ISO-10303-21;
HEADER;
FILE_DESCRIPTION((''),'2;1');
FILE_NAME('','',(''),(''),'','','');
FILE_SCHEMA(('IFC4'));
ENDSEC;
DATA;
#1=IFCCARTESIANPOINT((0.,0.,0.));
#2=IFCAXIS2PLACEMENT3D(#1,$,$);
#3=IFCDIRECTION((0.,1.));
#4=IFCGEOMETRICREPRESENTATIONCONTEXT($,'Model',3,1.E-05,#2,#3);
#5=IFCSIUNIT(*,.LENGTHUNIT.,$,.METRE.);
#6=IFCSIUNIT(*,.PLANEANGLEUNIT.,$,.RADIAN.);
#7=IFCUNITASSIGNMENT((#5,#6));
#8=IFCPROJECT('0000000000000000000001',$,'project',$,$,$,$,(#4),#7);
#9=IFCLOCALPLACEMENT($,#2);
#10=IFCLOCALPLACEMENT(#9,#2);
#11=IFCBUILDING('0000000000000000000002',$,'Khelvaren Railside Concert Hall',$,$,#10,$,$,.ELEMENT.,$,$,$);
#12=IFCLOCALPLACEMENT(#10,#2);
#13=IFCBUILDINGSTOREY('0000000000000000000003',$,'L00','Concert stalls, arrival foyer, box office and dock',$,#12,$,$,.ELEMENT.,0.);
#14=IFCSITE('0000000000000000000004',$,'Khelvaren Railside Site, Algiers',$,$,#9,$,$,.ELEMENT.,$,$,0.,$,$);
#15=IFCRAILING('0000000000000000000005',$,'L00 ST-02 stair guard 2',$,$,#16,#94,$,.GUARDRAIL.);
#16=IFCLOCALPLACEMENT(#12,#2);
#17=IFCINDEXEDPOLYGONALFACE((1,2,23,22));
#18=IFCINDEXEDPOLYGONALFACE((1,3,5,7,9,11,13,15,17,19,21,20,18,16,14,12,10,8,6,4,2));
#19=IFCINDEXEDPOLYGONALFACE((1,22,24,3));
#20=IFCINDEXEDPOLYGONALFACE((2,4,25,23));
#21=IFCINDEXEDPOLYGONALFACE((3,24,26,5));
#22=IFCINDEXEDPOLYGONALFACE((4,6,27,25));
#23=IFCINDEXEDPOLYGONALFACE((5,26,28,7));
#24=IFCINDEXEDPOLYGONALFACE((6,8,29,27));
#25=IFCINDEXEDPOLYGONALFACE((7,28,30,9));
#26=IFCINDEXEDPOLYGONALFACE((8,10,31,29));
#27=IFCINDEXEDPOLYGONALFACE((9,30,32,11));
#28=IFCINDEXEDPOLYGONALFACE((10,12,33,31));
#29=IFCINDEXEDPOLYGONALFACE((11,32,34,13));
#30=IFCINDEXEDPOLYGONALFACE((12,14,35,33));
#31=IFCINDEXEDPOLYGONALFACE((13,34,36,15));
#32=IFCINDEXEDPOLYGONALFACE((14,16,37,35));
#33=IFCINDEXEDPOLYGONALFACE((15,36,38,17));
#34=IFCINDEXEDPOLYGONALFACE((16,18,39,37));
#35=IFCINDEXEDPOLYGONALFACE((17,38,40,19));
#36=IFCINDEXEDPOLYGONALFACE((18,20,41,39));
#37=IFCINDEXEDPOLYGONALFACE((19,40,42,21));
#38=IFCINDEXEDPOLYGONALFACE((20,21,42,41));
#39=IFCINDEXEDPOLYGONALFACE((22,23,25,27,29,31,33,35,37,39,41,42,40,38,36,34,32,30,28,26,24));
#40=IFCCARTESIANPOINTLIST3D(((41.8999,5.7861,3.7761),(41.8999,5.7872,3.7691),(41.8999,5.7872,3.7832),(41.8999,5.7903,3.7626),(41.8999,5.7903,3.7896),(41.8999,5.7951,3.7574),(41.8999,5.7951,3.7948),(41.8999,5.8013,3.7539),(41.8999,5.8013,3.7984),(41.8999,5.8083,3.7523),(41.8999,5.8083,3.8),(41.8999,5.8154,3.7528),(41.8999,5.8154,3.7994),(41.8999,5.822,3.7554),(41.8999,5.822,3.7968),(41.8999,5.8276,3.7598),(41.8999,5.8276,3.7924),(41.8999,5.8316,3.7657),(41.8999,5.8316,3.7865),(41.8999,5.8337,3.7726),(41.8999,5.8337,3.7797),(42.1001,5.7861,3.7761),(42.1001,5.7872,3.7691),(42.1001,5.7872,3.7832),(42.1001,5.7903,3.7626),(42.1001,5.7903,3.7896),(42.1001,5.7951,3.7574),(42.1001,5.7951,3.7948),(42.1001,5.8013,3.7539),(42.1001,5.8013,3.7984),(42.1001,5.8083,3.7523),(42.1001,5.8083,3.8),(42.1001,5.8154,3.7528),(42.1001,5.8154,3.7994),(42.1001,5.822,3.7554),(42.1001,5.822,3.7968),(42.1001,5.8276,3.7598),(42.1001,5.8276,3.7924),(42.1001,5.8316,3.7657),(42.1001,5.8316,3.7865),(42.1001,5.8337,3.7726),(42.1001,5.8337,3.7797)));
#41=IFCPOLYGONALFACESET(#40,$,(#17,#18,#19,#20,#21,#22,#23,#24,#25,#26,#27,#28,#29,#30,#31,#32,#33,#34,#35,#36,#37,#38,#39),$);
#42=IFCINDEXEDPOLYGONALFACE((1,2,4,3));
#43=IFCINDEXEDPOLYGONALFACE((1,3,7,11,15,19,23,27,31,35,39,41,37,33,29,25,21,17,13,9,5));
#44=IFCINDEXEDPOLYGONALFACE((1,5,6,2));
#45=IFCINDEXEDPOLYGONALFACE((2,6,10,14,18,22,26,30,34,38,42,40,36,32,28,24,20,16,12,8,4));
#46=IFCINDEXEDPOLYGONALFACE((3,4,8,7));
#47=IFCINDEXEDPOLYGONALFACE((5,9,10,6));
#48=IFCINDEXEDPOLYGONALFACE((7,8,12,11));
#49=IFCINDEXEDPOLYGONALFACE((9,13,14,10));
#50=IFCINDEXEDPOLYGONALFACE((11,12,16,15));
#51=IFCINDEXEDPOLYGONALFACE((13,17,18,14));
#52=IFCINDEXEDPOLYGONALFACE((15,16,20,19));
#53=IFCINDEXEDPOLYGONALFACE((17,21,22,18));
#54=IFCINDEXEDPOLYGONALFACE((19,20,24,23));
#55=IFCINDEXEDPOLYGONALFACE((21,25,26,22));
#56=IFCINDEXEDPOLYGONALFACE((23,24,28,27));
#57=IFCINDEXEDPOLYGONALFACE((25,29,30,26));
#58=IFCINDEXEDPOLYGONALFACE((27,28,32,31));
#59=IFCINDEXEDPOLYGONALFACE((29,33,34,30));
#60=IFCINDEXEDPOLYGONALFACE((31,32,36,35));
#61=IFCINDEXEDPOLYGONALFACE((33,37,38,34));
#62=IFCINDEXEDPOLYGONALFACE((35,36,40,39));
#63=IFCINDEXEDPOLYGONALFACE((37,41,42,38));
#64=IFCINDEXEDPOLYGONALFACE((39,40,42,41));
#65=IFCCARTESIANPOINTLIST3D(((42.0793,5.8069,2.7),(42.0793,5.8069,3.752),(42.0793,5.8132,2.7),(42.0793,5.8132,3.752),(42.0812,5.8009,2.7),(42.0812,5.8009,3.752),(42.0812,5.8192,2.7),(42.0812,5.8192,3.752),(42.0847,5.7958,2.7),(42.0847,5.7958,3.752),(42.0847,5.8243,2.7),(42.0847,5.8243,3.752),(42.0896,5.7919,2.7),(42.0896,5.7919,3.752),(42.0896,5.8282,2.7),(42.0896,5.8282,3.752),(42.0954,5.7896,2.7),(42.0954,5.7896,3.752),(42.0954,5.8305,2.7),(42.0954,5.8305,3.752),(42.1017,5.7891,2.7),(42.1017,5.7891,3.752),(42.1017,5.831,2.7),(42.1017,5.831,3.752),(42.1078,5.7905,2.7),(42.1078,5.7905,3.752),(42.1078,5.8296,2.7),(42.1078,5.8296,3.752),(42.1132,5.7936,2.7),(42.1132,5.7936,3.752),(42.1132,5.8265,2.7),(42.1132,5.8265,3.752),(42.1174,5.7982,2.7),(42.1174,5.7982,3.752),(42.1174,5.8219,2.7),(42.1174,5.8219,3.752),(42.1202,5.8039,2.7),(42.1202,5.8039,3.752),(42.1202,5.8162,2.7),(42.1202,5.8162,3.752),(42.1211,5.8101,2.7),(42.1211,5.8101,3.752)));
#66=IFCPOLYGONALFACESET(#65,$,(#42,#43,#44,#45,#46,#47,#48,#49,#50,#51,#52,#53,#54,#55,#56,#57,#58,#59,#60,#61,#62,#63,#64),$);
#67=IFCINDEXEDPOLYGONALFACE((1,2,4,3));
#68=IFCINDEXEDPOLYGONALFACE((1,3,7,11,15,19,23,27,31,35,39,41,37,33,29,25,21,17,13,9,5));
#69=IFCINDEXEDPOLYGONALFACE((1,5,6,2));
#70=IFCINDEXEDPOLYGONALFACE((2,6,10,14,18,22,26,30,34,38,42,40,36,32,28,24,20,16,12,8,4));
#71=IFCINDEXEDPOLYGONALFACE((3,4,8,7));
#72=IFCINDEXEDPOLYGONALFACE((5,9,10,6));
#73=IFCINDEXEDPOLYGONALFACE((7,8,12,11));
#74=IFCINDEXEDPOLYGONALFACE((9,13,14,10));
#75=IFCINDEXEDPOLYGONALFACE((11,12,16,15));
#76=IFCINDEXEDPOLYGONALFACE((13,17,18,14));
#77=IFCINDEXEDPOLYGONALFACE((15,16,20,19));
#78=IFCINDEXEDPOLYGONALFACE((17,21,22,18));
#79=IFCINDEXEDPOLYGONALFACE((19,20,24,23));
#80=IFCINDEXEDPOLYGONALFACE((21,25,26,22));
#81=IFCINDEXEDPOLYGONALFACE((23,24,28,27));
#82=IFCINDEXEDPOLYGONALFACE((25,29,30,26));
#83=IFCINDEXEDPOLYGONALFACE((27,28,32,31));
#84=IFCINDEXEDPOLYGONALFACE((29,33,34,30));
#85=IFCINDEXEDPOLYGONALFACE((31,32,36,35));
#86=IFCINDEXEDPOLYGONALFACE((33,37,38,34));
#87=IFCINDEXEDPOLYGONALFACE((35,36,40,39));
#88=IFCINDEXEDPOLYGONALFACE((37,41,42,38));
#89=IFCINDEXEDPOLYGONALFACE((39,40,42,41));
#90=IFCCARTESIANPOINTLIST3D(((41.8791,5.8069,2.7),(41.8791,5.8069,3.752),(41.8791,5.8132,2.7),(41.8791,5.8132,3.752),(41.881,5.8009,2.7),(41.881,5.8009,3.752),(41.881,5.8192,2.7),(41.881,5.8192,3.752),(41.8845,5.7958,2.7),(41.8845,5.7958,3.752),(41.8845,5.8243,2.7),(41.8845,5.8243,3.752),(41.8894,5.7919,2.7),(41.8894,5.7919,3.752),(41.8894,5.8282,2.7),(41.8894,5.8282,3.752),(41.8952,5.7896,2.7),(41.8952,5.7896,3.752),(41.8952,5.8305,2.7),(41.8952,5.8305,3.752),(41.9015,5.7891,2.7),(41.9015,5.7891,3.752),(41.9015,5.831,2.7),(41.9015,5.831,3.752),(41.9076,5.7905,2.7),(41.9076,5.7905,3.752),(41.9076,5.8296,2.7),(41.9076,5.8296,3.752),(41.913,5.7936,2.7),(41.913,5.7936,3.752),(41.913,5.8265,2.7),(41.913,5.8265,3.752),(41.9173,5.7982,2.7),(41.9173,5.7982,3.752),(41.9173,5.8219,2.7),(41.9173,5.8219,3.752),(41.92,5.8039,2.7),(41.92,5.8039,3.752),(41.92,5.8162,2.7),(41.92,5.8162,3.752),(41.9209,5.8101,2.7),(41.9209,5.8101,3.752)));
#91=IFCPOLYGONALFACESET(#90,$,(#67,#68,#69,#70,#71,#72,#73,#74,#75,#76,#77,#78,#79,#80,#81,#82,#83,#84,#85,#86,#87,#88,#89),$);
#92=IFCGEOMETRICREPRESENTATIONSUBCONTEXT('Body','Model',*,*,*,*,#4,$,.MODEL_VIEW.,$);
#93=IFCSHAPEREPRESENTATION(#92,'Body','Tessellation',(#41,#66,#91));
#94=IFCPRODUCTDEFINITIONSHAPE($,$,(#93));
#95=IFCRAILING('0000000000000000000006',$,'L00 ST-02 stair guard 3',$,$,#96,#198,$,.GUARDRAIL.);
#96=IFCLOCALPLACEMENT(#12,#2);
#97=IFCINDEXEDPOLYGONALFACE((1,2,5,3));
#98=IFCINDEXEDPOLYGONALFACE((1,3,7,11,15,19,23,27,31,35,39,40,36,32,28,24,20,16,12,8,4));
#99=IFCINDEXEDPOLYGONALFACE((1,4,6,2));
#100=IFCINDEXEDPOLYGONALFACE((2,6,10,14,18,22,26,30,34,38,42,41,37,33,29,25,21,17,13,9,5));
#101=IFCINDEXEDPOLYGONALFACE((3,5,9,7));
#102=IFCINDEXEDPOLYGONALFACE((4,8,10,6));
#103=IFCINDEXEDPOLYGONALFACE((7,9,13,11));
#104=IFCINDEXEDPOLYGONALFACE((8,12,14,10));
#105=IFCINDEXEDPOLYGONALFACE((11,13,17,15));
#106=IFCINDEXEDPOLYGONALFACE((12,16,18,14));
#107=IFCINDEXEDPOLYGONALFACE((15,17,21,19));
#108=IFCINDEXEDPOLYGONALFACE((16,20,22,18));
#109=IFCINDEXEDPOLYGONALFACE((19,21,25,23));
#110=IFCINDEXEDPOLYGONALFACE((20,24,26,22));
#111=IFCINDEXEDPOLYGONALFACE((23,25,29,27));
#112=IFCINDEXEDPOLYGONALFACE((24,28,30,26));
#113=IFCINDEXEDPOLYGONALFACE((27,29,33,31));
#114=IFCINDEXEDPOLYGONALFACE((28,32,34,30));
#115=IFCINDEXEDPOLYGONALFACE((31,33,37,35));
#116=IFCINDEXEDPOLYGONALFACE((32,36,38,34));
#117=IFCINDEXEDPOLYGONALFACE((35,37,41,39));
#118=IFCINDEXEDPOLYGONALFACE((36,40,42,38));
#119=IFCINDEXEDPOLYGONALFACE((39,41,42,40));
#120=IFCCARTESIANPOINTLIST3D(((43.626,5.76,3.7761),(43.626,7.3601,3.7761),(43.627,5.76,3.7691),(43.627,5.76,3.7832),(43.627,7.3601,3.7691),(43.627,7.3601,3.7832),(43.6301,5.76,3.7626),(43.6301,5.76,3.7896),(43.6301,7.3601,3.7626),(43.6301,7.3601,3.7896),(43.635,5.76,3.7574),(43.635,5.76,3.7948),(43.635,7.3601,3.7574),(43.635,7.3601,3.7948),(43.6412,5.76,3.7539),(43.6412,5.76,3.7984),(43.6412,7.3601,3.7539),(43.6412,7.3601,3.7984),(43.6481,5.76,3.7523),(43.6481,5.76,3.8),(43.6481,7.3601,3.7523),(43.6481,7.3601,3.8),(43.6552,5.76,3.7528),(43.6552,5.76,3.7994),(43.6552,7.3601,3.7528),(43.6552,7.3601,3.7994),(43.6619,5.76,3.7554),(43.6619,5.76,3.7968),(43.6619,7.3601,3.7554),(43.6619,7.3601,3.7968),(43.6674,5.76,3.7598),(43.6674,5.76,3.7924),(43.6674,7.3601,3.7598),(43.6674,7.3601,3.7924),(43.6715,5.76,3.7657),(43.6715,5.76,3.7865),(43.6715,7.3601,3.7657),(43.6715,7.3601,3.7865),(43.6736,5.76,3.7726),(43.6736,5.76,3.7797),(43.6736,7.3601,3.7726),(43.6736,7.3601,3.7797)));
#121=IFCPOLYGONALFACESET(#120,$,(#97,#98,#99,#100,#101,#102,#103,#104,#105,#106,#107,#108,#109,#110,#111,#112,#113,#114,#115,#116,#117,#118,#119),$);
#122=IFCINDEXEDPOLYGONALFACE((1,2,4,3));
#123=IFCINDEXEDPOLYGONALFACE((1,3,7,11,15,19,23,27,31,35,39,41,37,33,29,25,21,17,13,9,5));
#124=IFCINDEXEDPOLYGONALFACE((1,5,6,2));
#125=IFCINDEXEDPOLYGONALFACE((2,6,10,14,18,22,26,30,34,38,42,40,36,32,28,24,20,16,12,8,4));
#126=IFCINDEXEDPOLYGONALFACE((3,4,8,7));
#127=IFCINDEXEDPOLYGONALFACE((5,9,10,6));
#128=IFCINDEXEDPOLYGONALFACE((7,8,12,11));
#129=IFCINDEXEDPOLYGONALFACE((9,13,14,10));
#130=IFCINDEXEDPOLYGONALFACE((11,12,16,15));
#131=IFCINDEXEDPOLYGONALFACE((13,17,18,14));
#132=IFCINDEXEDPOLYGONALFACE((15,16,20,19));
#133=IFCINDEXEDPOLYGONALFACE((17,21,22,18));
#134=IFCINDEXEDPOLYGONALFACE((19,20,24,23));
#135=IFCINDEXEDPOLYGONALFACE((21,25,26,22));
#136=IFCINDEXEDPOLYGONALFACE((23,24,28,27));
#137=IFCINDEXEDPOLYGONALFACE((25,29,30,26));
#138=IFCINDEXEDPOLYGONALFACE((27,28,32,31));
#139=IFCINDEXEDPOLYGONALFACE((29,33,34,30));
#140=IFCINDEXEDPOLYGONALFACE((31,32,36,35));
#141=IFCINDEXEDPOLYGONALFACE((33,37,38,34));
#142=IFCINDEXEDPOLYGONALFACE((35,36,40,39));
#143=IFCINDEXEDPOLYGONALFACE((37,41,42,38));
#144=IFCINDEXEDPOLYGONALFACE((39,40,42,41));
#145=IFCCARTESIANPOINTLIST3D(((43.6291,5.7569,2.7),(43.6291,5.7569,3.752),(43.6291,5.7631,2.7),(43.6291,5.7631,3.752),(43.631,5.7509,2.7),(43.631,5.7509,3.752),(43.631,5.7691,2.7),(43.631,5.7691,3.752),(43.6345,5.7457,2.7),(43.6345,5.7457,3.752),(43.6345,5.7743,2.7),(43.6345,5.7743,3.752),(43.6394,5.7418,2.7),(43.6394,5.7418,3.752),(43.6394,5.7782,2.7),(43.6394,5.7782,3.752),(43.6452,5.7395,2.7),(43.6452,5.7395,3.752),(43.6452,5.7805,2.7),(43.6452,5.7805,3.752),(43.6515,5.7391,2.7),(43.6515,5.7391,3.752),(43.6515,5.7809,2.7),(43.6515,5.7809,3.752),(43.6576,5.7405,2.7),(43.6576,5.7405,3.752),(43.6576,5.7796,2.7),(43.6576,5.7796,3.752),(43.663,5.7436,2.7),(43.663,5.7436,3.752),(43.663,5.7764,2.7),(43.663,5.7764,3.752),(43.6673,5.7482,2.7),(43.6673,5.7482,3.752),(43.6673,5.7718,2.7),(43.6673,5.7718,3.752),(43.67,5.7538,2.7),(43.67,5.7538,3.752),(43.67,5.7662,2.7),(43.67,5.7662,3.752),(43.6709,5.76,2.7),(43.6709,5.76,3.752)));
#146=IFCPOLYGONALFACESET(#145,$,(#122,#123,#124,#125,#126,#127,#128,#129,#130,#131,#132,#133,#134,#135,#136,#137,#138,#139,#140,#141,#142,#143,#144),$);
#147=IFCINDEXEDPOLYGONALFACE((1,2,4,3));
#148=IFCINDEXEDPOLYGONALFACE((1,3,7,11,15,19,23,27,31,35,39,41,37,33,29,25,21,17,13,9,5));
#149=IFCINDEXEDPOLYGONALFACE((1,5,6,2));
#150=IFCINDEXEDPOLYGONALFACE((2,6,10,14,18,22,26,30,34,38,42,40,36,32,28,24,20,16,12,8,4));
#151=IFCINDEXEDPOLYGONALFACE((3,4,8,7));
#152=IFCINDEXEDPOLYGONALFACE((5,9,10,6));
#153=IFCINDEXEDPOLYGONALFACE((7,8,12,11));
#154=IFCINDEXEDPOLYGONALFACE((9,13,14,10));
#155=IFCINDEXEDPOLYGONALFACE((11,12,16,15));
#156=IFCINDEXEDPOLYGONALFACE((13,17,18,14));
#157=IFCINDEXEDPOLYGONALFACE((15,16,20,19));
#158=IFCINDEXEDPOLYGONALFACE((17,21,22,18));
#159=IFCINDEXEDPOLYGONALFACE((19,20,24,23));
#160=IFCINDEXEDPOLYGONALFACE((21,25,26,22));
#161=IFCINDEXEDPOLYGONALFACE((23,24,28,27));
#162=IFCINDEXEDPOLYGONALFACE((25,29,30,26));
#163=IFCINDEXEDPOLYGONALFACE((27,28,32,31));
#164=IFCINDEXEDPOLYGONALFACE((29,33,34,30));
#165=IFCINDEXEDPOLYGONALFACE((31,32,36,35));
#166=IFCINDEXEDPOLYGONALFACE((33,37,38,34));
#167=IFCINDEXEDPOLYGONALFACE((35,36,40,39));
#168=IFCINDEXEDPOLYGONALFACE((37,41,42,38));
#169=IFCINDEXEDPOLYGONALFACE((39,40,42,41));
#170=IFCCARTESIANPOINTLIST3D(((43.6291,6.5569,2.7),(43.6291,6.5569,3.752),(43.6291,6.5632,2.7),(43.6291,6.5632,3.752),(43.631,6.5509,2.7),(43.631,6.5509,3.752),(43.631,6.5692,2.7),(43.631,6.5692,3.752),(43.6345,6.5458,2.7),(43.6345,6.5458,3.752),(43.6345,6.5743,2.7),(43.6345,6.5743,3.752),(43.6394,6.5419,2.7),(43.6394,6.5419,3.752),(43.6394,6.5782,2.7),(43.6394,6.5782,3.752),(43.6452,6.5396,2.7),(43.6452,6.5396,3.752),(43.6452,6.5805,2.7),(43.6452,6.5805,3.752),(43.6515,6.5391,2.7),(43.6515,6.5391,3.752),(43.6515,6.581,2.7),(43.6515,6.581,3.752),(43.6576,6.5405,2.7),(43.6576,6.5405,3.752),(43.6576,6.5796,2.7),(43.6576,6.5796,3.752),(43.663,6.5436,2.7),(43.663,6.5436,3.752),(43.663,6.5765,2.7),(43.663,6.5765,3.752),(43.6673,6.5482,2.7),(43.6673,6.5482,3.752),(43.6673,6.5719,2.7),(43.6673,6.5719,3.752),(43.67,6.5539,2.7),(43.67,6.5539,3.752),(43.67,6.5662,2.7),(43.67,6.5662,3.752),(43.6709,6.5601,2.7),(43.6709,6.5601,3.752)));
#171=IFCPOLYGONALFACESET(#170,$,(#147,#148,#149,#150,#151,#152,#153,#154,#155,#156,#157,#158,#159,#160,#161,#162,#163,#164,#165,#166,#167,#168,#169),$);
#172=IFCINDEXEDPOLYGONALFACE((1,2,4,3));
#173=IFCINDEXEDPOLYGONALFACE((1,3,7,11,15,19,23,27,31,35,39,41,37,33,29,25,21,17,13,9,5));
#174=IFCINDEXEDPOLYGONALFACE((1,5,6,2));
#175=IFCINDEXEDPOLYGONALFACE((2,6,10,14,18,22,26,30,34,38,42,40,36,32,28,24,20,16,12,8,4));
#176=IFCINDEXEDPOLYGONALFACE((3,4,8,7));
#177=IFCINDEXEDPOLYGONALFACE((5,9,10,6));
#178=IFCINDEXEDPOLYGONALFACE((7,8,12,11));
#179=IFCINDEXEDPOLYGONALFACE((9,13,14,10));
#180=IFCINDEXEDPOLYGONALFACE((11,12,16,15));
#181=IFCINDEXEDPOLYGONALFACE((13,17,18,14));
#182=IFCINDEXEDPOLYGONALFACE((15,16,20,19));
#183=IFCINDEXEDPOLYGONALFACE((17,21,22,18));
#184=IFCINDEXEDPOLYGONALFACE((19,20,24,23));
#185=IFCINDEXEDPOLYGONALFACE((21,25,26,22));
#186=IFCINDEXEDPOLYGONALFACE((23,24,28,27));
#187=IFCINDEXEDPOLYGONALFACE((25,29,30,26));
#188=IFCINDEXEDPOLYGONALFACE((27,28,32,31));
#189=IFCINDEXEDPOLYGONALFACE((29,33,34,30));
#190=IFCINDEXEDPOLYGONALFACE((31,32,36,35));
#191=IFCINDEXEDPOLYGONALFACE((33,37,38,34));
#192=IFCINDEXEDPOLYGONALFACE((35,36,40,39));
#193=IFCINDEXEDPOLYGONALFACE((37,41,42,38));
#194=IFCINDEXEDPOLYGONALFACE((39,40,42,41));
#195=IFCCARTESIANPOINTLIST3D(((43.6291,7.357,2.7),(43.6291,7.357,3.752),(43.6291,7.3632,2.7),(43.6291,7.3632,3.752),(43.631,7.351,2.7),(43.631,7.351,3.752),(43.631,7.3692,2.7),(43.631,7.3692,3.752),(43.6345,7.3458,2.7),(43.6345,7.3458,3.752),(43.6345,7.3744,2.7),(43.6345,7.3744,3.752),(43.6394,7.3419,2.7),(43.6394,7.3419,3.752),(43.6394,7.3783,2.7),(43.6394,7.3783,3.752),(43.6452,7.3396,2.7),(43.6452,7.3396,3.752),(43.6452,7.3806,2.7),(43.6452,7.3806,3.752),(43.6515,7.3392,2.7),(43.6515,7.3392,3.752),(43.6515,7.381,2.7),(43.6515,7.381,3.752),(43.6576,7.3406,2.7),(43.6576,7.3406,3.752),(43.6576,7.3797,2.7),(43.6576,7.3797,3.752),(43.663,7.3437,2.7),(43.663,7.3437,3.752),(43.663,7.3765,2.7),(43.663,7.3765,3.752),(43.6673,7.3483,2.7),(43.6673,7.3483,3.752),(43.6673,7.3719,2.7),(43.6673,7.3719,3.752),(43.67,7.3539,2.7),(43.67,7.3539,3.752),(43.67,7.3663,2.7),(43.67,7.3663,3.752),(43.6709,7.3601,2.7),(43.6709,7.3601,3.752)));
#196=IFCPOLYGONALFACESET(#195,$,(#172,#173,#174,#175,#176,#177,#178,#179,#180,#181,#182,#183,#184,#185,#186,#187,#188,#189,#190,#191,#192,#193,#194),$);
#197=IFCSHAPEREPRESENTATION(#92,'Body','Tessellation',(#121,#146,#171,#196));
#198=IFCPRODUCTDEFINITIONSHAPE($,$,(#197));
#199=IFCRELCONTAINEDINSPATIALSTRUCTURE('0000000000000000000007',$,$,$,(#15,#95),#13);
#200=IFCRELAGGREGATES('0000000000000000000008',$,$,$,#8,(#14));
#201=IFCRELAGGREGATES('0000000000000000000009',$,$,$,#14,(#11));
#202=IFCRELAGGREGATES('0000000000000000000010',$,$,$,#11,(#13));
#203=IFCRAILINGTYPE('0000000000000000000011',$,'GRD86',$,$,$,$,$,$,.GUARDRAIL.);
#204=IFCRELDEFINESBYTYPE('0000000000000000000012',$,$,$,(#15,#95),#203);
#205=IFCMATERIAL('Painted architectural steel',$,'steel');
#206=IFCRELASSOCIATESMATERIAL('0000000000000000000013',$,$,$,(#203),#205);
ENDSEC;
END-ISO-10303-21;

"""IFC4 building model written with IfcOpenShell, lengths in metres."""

from ifc_helpers import new_model, si_unit, direction, frame, origin, origin_2d, place, context, subcontext, project, spatial, circle, extrude, material, type_object, element, save


model = new_model("IFC4")

# Units and contexts
model_context = context("Model", 3, precision=1e-05, world=origin(), true_north=direction((0.0, 1.0)))
body_context = subcontext(model_context, "Body", "Model", "MODEL_VIEW")
ifc_project = project(units=[si_unit("LENGTHUNIT", "METRE"), si_unit("PLANEANGLEUNIT", "RADIAN")], contexts=[model_context])

# Site, building, storey
site_placement = place(None, origin())
site = spatial("IfcSite", under=ifc_project, at=site_placement, Name="Khelvaren Railside Site, Algiers", CompositionType="ELEMENT", RefElevation=0.0)
building_placement = place(site_placement, origin())
building = spatial("IfcBuilding", under=site, at=building_placement, Name="Khelvaren Railside Concert Hall", CompositionType="ELEMENT")
storey_placement = place(building_placement, origin())
storey = spatial("IfcBuildingStorey", under=building, at=storey_placement, Name="L00", Description="Concert stalls, arrival foyer, box office and dock", CompositionType="ELEMENT", Elevation=0.0)

# Railings
ifc_material_1 = material(Name="Painted architectural steel", Category="steel")
railing_type_1 = type_object("IfcRailingType", Name="GRD86", PredefinedType="GUARDRAIL", material=ifc_material_1)
railing_1_placement = place(storey_placement, frame((42.1001, 5.8101, 2.7)))
element("IfcRailing", 1, at=railing_1_placement, inside=storey, type_object=railing_type_1, Name="L00 ST-02 stair guard 2", PredefinedType="GUARDRAIL", context=body_context, shape_type="SweptSolid", body=[
    extrude(circle(Radius=0.0239, at=origin_2d()), frame((0.0, 0.0, 1.0762), z_axis=(-1.0, 0.0, 0.0), x_axis=(0.0, -1.0, 0.0)), (0.0, 0.0, 1.0), 0.2002),
    extrude(circle(Radius=0.021, at=origin_2d()), origin(), (0.0, 0.0, 1.0), 1.052),
    extrude(circle(Radius=0.021, at=origin_2d()), frame((-0.2002, 0.0, 0.0)), (0.0, 0.0, 1.0), 1.052),
])
for number, where, name in (
    (2, (43.6499, 5.76, 2.7), "L00 ST-02 stair guard 3"),
):
    element("IfcRailing", number, at=place(storey_placement, frame(where)), inside=storey, type_object=railing_type_1, Name=name, PredefinedType="GUARDRAIL", context=body_context, shape_type="SweptSolid", body=[
        extrude(circle(Radius=0.0239, at=origin_2d()), frame((0.0, 0.0, 1.0762), z_axis=(0.0, 1.0, 0.0), x_axis=(-1.0, 0.0, 0.0)), (0.0, 0.0, 1.0), 1.6001),
        extrude(circle(Radius=0.021, at=origin_2d()), origin(), (0.0, 0.0, 1.0), 1.052),
        extrude(circle(Radius=0.021, at=origin_2d()), frame((0.0, 0.8, 0.0)), (0.0, 0.0, 1.0), 1.052),
        extrude(circle(Radius=0.021, at=origin_2d()), frame((0.0, 1.6001, 0.0)), (0.0, 0.0, 1.0), 1.052),
    ])

save(model, "model.ifc")
